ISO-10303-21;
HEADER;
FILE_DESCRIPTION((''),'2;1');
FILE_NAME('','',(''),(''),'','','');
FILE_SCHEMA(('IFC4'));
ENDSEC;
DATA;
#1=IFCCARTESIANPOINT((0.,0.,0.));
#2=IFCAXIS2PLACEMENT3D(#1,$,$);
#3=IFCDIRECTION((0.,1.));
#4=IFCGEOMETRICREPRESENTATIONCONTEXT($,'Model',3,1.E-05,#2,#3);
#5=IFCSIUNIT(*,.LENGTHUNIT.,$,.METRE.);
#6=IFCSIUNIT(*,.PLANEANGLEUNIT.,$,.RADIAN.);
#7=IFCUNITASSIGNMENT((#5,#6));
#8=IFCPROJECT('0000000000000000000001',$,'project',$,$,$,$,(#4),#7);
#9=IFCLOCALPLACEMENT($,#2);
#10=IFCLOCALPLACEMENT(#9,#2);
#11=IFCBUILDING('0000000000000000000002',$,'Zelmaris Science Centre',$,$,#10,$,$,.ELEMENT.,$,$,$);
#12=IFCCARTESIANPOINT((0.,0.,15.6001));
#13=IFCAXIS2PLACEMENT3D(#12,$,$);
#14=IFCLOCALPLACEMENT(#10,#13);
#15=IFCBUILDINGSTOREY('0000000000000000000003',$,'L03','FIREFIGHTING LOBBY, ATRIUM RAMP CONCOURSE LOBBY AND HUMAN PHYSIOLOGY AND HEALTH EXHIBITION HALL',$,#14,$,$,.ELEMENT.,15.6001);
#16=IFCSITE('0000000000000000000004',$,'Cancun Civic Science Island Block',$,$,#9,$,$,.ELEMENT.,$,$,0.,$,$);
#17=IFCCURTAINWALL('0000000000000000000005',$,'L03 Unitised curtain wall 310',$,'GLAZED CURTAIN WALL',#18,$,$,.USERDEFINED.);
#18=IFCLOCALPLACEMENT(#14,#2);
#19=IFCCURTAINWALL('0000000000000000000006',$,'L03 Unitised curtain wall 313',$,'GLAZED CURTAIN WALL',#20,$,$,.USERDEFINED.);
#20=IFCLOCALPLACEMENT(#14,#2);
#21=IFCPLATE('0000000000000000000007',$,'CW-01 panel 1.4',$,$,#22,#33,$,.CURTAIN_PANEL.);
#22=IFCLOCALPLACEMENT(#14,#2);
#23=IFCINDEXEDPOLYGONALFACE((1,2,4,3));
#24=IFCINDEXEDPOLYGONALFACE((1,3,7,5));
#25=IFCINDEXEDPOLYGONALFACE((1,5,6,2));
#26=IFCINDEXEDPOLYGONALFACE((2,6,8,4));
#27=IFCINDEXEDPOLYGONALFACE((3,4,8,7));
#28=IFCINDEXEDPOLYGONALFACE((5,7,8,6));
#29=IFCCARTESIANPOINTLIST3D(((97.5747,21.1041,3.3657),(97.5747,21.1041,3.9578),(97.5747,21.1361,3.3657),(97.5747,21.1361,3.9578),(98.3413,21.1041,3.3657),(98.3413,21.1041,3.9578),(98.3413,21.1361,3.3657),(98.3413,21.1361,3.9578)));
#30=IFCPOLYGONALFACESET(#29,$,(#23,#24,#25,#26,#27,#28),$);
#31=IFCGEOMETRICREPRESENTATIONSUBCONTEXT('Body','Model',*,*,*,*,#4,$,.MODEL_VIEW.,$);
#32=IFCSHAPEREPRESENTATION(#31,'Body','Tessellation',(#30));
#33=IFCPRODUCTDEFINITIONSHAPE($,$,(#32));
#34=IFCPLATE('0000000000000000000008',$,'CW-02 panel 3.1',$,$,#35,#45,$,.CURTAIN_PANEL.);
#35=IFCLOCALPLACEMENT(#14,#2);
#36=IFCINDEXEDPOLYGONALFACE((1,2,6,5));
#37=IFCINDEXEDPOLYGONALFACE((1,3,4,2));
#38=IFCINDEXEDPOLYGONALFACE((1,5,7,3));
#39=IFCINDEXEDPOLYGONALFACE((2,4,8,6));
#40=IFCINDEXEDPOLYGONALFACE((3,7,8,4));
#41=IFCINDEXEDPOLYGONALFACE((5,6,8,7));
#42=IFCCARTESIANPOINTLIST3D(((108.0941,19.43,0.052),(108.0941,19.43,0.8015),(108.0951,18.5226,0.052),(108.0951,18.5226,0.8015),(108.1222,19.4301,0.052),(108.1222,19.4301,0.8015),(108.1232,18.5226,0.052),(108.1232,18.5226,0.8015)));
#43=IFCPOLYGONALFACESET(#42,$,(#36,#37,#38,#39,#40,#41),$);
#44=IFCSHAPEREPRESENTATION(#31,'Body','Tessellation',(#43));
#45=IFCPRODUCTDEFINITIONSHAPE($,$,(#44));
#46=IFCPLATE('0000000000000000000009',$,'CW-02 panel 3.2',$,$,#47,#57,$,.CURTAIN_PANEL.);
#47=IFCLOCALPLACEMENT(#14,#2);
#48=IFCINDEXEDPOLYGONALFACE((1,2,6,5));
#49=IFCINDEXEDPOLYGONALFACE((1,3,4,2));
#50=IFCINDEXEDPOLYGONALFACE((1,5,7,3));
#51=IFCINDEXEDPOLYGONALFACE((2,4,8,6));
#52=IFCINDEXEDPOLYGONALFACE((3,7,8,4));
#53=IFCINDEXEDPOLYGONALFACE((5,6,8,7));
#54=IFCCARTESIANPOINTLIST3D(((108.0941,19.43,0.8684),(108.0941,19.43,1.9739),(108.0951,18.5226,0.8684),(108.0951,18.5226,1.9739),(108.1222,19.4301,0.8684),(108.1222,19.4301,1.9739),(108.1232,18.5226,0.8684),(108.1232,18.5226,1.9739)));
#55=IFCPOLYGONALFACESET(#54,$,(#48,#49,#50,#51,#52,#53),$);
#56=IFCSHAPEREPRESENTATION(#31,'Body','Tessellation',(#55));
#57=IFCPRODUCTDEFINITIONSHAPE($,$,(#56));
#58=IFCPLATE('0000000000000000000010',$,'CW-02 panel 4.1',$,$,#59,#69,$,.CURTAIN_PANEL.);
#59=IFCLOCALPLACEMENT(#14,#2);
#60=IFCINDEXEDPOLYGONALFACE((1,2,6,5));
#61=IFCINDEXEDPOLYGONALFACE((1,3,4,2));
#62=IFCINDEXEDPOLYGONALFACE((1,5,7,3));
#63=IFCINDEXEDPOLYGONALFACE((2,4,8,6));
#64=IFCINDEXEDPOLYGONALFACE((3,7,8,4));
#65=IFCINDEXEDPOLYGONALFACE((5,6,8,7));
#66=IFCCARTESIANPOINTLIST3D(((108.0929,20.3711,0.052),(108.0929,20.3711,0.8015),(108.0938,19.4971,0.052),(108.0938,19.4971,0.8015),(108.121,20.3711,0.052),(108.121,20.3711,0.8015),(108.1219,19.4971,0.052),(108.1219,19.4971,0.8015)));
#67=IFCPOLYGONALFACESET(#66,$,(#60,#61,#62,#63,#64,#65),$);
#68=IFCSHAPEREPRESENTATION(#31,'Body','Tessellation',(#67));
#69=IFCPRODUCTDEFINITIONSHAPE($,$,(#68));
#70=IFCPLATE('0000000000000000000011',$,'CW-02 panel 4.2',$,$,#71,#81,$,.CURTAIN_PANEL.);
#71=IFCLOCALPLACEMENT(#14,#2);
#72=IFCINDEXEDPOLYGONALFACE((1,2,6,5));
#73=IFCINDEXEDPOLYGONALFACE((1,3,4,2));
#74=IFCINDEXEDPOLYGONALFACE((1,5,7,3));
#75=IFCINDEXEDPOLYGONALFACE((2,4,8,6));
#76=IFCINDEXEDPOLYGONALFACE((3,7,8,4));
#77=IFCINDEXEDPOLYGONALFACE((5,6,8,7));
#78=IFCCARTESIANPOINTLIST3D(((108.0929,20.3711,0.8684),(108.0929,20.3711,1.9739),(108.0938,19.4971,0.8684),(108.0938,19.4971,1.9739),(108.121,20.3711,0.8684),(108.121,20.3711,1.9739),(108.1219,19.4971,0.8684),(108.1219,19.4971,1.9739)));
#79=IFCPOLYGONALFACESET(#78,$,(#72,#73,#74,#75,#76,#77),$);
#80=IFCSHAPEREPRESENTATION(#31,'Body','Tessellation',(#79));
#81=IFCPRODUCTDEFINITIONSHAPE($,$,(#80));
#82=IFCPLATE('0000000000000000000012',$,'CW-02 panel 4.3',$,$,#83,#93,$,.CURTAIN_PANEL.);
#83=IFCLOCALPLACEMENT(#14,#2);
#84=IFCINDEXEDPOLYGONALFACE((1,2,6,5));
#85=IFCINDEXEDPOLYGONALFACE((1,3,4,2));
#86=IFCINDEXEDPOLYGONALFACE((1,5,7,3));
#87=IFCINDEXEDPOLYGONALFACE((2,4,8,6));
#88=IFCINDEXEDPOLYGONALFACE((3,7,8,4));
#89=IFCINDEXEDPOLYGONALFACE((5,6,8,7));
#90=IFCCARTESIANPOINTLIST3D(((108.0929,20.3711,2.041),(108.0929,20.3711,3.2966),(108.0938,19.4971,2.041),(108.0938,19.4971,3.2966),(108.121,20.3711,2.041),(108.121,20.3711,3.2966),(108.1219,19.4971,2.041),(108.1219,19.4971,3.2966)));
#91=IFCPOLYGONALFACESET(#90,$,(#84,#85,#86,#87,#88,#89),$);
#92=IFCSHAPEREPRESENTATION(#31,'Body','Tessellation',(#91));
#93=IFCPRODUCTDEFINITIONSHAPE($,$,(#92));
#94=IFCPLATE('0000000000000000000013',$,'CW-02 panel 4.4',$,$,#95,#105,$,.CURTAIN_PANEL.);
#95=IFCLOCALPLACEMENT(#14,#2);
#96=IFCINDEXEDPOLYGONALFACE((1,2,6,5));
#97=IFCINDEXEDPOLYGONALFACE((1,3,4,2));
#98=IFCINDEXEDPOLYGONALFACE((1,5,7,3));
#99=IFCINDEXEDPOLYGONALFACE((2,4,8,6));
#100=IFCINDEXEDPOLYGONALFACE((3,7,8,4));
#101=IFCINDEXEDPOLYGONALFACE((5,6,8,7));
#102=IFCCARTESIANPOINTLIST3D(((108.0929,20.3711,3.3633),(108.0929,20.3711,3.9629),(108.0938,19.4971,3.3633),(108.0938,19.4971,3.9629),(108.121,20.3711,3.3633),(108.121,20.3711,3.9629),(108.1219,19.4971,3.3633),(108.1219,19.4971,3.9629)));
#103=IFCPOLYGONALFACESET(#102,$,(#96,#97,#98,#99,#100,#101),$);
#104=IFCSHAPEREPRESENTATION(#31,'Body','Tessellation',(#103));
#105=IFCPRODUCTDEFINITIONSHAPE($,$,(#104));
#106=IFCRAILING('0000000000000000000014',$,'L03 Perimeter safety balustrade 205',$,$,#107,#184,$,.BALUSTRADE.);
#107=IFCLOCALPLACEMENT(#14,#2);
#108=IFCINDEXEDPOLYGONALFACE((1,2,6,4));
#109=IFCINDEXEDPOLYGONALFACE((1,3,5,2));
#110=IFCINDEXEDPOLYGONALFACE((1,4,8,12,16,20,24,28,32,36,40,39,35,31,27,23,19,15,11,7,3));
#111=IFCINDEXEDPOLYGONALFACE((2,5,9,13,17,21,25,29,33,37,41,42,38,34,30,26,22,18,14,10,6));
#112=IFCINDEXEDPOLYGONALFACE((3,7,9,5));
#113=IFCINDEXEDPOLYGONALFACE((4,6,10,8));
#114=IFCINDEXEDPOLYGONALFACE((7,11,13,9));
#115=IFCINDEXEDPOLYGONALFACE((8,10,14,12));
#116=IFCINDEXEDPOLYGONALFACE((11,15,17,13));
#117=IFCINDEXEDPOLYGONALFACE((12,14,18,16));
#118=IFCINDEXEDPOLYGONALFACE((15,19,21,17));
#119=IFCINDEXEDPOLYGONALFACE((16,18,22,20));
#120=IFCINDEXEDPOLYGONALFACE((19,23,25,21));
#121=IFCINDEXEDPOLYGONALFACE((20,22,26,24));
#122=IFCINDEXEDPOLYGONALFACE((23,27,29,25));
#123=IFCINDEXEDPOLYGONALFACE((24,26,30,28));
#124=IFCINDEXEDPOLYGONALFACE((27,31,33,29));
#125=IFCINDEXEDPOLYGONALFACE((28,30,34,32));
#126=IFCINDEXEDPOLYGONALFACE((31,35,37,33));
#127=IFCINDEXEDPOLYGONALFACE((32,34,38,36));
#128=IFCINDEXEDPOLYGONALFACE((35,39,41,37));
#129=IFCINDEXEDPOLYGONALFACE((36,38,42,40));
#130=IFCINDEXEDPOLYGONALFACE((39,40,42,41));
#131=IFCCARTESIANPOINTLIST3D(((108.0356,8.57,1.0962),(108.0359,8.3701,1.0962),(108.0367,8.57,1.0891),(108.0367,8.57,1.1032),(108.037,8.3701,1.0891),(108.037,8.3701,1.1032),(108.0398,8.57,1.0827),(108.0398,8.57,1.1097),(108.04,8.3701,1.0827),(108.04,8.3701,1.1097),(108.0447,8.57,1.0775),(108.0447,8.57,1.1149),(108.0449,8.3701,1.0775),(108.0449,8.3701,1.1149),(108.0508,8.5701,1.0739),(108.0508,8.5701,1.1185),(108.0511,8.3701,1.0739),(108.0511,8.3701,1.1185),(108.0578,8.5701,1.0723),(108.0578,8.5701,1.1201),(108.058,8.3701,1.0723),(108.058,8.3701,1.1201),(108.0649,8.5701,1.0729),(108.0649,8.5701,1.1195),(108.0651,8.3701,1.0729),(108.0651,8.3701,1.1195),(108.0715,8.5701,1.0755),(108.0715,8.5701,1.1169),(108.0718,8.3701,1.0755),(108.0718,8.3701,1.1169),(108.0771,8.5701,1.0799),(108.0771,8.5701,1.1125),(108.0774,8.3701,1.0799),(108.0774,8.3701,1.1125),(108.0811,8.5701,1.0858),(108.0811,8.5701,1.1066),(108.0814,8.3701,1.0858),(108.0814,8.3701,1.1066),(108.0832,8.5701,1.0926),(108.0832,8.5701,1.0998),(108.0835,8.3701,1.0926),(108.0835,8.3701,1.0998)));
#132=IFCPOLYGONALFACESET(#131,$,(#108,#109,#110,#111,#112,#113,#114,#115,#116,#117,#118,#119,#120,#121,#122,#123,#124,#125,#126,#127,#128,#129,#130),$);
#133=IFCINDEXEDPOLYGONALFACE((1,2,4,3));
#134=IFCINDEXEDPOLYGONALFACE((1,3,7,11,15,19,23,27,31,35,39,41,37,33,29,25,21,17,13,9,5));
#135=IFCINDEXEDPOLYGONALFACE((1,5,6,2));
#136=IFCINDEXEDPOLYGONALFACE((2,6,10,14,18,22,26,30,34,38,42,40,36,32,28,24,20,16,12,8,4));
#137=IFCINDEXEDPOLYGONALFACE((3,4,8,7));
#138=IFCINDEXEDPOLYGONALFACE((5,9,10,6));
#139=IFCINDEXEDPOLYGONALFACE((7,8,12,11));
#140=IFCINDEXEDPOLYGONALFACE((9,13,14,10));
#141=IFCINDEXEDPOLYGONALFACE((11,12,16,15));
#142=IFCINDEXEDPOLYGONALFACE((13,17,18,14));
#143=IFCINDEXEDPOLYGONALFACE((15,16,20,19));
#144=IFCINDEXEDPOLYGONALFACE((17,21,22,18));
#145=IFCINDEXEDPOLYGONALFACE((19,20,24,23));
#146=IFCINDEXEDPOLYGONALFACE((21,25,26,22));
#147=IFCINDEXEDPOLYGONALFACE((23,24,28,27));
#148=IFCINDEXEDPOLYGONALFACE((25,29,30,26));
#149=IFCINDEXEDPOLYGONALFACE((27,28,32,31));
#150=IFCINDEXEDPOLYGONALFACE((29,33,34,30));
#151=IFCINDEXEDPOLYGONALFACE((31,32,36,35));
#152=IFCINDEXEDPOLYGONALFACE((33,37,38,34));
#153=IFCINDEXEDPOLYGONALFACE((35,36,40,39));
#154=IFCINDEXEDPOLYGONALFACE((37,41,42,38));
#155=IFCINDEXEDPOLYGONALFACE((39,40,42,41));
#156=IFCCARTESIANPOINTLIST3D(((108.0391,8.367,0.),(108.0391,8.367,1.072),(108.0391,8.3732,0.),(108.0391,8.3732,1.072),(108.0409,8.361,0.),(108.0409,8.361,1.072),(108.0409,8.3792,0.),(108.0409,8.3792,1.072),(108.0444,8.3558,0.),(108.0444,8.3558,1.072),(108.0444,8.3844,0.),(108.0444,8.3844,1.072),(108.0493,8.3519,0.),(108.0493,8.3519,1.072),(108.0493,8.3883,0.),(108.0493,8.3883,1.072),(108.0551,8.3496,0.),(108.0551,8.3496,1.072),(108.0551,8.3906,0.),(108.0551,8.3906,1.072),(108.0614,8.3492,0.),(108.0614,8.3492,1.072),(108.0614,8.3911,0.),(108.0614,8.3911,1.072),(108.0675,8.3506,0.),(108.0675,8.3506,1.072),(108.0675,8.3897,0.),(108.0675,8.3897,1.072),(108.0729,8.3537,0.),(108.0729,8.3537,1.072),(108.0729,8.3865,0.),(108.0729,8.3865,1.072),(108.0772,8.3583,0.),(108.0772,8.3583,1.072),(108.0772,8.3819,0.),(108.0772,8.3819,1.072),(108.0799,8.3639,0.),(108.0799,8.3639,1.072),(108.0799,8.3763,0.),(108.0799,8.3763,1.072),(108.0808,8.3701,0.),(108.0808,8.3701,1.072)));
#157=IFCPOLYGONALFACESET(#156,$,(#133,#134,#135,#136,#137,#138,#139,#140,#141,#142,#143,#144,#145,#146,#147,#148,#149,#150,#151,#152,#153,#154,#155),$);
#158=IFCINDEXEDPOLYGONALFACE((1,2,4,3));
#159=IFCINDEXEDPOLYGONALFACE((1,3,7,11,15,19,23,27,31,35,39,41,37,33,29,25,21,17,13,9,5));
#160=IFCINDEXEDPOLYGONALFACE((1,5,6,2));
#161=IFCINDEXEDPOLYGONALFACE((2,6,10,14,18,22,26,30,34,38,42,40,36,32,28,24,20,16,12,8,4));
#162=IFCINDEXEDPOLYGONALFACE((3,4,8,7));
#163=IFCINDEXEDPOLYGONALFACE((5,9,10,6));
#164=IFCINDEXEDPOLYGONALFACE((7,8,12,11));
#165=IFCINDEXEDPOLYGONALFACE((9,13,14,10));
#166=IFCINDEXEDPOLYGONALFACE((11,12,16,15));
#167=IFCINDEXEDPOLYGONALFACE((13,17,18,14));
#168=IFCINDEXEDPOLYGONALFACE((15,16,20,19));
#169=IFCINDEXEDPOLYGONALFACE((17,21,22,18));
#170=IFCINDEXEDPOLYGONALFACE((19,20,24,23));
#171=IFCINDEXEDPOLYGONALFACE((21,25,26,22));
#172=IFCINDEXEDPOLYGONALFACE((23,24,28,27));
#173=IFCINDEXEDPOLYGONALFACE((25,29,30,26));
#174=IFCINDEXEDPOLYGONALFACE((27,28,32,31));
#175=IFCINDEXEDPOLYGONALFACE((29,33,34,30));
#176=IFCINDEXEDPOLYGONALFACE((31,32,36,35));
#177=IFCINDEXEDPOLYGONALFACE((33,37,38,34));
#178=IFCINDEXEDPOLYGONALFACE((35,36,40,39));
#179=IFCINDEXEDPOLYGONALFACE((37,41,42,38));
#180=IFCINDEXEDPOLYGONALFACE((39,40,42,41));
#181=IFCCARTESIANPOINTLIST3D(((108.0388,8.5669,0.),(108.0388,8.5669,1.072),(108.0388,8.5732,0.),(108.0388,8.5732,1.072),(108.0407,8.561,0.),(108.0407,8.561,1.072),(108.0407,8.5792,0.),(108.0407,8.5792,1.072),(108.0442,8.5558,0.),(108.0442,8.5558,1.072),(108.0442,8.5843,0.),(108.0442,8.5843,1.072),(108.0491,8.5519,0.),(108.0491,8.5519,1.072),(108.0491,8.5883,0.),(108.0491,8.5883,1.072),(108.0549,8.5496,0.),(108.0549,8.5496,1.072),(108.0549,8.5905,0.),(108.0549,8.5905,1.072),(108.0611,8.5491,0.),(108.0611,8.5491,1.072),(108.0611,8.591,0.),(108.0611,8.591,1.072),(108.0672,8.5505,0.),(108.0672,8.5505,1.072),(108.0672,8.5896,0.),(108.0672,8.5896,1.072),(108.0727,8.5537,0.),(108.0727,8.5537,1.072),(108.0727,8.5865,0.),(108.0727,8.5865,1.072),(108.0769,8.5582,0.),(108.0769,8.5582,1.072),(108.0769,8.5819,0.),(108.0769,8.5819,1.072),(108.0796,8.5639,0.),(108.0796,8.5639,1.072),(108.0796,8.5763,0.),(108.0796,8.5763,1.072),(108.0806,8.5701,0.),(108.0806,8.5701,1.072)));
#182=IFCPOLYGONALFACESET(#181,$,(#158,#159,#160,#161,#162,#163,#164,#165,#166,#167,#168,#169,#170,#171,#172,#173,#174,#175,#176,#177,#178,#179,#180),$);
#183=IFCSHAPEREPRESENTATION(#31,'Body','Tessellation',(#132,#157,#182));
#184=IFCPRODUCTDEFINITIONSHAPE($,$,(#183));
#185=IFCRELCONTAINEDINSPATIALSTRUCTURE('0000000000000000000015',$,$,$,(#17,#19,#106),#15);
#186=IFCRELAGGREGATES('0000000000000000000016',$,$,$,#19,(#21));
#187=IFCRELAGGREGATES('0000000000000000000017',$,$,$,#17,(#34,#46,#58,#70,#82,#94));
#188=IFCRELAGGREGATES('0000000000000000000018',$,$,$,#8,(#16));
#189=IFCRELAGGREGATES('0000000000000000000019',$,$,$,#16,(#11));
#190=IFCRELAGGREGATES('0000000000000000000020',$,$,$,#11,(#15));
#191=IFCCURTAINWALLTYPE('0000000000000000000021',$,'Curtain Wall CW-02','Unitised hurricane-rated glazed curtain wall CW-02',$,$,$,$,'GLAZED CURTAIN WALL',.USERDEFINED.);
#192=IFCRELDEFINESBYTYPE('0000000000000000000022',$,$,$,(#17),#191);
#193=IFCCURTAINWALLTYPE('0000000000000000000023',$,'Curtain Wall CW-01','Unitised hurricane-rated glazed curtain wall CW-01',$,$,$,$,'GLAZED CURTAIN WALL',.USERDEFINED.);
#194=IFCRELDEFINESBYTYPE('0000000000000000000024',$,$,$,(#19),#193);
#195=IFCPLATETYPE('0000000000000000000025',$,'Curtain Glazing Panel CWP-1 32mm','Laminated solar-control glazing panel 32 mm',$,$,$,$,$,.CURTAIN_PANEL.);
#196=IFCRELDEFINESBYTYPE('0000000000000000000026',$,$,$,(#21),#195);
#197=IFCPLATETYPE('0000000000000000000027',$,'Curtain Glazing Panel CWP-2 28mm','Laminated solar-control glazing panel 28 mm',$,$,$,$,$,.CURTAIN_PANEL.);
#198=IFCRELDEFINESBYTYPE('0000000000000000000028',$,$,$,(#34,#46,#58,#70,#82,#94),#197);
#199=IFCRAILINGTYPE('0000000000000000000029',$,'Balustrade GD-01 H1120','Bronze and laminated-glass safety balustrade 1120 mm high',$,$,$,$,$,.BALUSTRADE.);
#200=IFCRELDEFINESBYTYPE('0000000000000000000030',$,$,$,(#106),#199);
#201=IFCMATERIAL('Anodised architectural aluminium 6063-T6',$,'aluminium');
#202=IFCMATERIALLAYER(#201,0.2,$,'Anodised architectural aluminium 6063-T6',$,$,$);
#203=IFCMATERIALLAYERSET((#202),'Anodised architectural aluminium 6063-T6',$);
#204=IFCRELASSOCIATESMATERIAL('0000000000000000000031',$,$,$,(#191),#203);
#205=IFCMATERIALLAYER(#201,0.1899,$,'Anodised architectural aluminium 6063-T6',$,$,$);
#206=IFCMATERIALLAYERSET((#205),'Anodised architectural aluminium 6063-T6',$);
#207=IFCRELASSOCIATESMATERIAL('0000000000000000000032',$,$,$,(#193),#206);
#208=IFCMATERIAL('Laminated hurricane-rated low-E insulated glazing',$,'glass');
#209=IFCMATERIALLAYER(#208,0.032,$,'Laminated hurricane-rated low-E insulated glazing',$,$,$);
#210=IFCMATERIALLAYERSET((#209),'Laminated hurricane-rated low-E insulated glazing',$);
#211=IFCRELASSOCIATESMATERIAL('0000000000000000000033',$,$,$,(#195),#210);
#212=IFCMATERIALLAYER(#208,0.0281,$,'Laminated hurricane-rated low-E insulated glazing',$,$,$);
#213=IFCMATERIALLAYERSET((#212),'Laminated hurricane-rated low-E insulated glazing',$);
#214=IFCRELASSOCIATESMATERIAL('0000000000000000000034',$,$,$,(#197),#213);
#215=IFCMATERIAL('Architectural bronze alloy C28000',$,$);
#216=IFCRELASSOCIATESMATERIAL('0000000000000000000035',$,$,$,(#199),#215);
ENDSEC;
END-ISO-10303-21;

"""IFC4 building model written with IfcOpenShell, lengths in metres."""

from ifc_helpers import new_model, si_unit, direction, frame, origin, origin_2d, place, context, subcontext, project, spatial, rectangle, circle, extrude, material, layer, layer_set, type_object, element, aggregate, save


model = new_model("IFC4")

# Units and contexts
model_context = context("Model", 3, precision=1e-05, world=origin(), true_north=direction((0.0, 1.0)))
body_context = subcontext(model_context, "Body", "Model", "MODEL_VIEW")
ifc_project = project(units=[si_unit("LENGTHUNIT", "METRE"), si_unit("PLANEANGLEUNIT", "RADIAN")], contexts=[model_context])

# Site, building, storey
site_placement = place(None, origin())
site = spatial("IfcSite", under=ifc_project, at=site_placement, Name="Cancun Civic Science Island Block", CompositionType="ELEMENT", RefElevation=0.0)
building_placement = place(site_placement, origin())
building = spatial("IfcBuilding", under=site, at=building_placement, Name="Zelmaris Science Centre", CompositionType="ELEMENT")
storey_placement = place(building_placement, frame((0.0, 0.0, 15.6001)))
storey = spatial("IfcBuildingStorey", under=building, at=storey_placement, Name="L03", Description="FIREFIGHTING LOBBY, ATRIUM RAMP CONCOURSE LOBBY AND HUMAN PHYSIOLOGY AND HEALTH EXHIBITION HALL", CompositionType="ELEMENT", Elevation=15.6001)

# Curtain wall
ifc_material_1 = material(Name="Anodised architectural aluminium 6063-T6", Category="aluminium")
ifc_layer_1 = layer(ifc_material_1, 0.2, Name="Anodised architectural aluminium 6063-T6")
ifc_layer_set_1 = layer_set([ifc_layer_1], Name="Anodised architectural aluminium 6063-T6")
curtain_wall_type_1 = type_object("IfcCurtainWallType", Name="Curtain Wall CW-02", Description="Unitised hurricane-rated glazed curtain wall CW-02", ElementType="GLAZED CURTAIN WALL", PredefinedType="USERDEFINED", material=ifc_layer_set_1)
curtain_wall_1_placement = place(storey_placement, origin())
curtain_wall_1 = element("IfcCurtainWall", 1, at=curtain_wall_1_placement, inside=storey, type_object=curtain_wall_type_1, Name="L03 Unitised curtain wall 310", ObjectType="GLAZED CURTAIN WALL", PredefinedType="USERDEFINED")

# Curtain wall
ifc_layer_2 = layer(ifc_material_1, 0.1899, Name="Anodised architectural aluminium 6063-T6")
ifc_layer_set_2 = layer_set([ifc_layer_2], Name="Anodised architectural aluminium 6063-T6")
curtain_wall_type_2 = type_object("IfcCurtainWallType", Name="Curtain Wall CW-01", Description="Unitised hurricane-rated glazed curtain wall CW-01", ElementType="GLAZED CURTAIN WALL", PredefinedType="USERDEFINED", material=ifc_layer_set_2)
curtain_wall_2_placement = place(storey_placement, origin())
curtain_wall_2 = element("IfcCurtainWall", 2, at=curtain_wall_2_placement, inside=storey, type_object=curtain_wall_type_2, Name="L03 Unitised curtain wall 313", ObjectType="GLAZED CURTAIN WALL", PredefinedType="USERDEFINED")

# Plates
ifc_material_2 = material(Name="Laminated hurricane-rated low-E insulated glazing", Category="glass")
ifc_layer_3 = layer(ifc_material_2, 0.032, Name="Laminated hurricane-rated low-E insulated glazing")
ifc_layer_set_3 = layer_set([ifc_layer_3], Name="Laminated hurricane-rated low-E insulated glazing")
plate_type_1 = type_object("IfcPlateType", Name="Curtain Glazing Panel CWP-1 32mm", Description="Laminated solar-control glazing panel 32 mm", PredefinedType="CURTAIN_PANEL", material=ifc_layer_set_3)
plate_1_placement = place(storey_placement, frame((97.958, 21.1201, 3.3657), z_axis=(0.0, 0.0, 1.0), x_axis=(-1.0, 0.000023, 0.0)))
plate_1 = element("IfcPlate", 3, at=plate_1_placement, type_object=plate_type_1, Name="CW-01 panel 1.4", PredefinedType="CURTAIN_PANEL", context=body_context, shape_type="SweptSolid", body=[
    extrude(rectangle(XDim=0.7666, YDim=0.032, at=origin_2d()), origin(), (0.0, 0.0, 1.0), 0.592),
])
aggregate(curtain_wall_2, [plate_1])
ifc_layer_4 = layer(ifc_material_2, 0.0281, Name="Laminated hurricane-rated low-E insulated glazing")
ifc_layer_set_4 = layer_set([ifc_layer_4], Name="Laminated hurricane-rated low-E insulated glazing")
plate_type_2 = type_object("IfcPlateType", Name="Curtain Glazing Panel CWP-2 28mm", Description="Laminated solar-control glazing panel 28 mm", PredefinedType="CURTAIN_PANEL", material=ifc_layer_set_4)
plate_2_placement = place(storey_placement, frame((108.1086, 18.9763, 0.052), z_axis=(0.0, 0.0, 1.0), x_axis=(-0.001052, 0.999999, 0.0)))
plate_2 = element("IfcPlate", 4, at=plate_2_placement, type_object=plate_type_2, Name="CW-02 panel 3.1", PredefinedType="CURTAIN_PANEL", context=body_context, shape_type="SweptSolid", body=[
    extrude(rectangle(XDim=0.9075, YDim=0.0281, at=origin_2d()), origin(), (0.0, 0.0, 1.0), 0.7495),
])
plate_3_placement = place(storey_placement, frame((108.1086, 18.9763, 0.8684), z_axis=(0.0, 0.0, 1.0), x_axis=(-0.001052, 0.999999, 0.0)))
plate_3 = element("IfcPlate", 5, at=plate_3_placement, type_object=plate_type_2, Name="CW-02 panel 3.2", PredefinedType="CURTAIN_PANEL", context=body_context, shape_type="SweptSolid", body=[
    extrude(rectangle(XDim=0.9075, YDim=0.0281, at=origin_2d()), origin(), (0.0, 0.0, 1.0), 1.1055),
])
plate_4_placement = place(storey_placement, frame((108.1074, 19.9341, 0.052), z_axis=(0.0, 0.0, 1.0), x_axis=(-0.001052, 0.999999, 0.0)))
plate_4 = element("IfcPlate", 6, at=plate_4_placement, type_object=plate_type_2, Name="CW-02 panel 4.1", PredefinedType="CURTAIN_PANEL", context=body_context, shape_type="SweptSolid", body=[
    extrude(rectangle(XDim=0.874, YDim=0.0281, at=origin_2d()), origin(), (0.0, 0.0, 1.0), 0.7495),
])
plate_5_placement = place(storey_placement, frame((108.1074, 19.9341, 0.8684), z_axis=(0.0, 0.0, 1.0), x_axis=(-0.001052, 0.999999, 0.0)))
plate_5 = element("IfcPlate", 7, at=plate_5_placement, type_object=plate_type_2, Name="CW-02 panel 4.2", PredefinedType="CURTAIN_PANEL", context=body_context, shape_type="SweptSolid", body=[
    extrude(rectangle(XDim=0.874, YDim=0.0281, at=origin_2d()), origin(), (0.0, 0.0, 1.0), 1.1055),
])
plate_6_placement = place(storey_placement, frame((108.1074, 19.9341, 2.041), z_axis=(0.0, 0.0, 1.0), x_axis=(-0.001052, 0.999999, 0.0)))
plate_6 = element("IfcPlate", 8, at=plate_6_placement, type_object=plate_type_2, Name="CW-02 panel 4.3", PredefinedType="CURTAIN_PANEL", context=body_context, shape_type="SweptSolid", body=[
    extrude(rectangle(XDim=0.874, YDim=0.0281, at=origin_2d()), origin(), (0.0, 0.0, 1.0), 1.2556),
])
plate_7_placement = place(storey_placement, frame((108.1074, 19.9341, 3.3633), z_axis=(0.0, 0.0, 1.0), x_axis=(-0.001052, 0.999999, 0.0)))
plate_7 = element("IfcPlate", 9, at=plate_7_placement, type_object=plate_type_2, Name="CW-02 panel 4.4", PredefinedType="CURTAIN_PANEL", context=body_context, shape_type="SweptSolid", body=[
    extrude(rectangle(XDim=0.874, YDim=0.0281, at=origin_2d()), origin(), (0.0, 0.0, 1.0), 0.5996),
])
aggregate(curtain_wall_1, [plate_2, plate_3, plate_4, plate_5, plate_6, plate_7])

# Railing
ifc_material_3 = material(Name="Architectural bronze alloy C28000")
railing_type = type_object("IfcRailingType", Name="Balustrade GD-01 H1120", Description="Bronze and laminated-glass safety balustrade 1120 mm high", PredefinedType="BALUSTRADE", material=ifc_material_3)
railing_1_placement = place(storey_placement, frame((108.0598, 8.3701, 0.0)))
element("IfcRailing", 10, at=railing_1_placement, inside=storey, type_object=railing_type, Name="L03 Perimeter safety balustrade 205", PredefinedType="BALUSTRADE", context=body_context, shape_type="SweptSolid", body=[
    extrude(circle(Radius=0.0239, at=origin_2d()), frame((0.0, 0.0, 1.0962), z_axis=(-0.001221, 0.999999, 0.0), x_axis=(-0.999999, -0.001221, 0.0)), (0.0, 0.0, 1.0), 0.2),
    extrude(circle(Radius=0.021, at=origin_2d()), origin(), (0.0, 0.0, 1.0), 1.072),
    extrude(circle(Radius=0.021, at=origin_2d()), frame((-0.0002, 0.2, 0.0)), (0.0, 0.0, 1.0), 1.072),
])

save(model, "model.ifc")
